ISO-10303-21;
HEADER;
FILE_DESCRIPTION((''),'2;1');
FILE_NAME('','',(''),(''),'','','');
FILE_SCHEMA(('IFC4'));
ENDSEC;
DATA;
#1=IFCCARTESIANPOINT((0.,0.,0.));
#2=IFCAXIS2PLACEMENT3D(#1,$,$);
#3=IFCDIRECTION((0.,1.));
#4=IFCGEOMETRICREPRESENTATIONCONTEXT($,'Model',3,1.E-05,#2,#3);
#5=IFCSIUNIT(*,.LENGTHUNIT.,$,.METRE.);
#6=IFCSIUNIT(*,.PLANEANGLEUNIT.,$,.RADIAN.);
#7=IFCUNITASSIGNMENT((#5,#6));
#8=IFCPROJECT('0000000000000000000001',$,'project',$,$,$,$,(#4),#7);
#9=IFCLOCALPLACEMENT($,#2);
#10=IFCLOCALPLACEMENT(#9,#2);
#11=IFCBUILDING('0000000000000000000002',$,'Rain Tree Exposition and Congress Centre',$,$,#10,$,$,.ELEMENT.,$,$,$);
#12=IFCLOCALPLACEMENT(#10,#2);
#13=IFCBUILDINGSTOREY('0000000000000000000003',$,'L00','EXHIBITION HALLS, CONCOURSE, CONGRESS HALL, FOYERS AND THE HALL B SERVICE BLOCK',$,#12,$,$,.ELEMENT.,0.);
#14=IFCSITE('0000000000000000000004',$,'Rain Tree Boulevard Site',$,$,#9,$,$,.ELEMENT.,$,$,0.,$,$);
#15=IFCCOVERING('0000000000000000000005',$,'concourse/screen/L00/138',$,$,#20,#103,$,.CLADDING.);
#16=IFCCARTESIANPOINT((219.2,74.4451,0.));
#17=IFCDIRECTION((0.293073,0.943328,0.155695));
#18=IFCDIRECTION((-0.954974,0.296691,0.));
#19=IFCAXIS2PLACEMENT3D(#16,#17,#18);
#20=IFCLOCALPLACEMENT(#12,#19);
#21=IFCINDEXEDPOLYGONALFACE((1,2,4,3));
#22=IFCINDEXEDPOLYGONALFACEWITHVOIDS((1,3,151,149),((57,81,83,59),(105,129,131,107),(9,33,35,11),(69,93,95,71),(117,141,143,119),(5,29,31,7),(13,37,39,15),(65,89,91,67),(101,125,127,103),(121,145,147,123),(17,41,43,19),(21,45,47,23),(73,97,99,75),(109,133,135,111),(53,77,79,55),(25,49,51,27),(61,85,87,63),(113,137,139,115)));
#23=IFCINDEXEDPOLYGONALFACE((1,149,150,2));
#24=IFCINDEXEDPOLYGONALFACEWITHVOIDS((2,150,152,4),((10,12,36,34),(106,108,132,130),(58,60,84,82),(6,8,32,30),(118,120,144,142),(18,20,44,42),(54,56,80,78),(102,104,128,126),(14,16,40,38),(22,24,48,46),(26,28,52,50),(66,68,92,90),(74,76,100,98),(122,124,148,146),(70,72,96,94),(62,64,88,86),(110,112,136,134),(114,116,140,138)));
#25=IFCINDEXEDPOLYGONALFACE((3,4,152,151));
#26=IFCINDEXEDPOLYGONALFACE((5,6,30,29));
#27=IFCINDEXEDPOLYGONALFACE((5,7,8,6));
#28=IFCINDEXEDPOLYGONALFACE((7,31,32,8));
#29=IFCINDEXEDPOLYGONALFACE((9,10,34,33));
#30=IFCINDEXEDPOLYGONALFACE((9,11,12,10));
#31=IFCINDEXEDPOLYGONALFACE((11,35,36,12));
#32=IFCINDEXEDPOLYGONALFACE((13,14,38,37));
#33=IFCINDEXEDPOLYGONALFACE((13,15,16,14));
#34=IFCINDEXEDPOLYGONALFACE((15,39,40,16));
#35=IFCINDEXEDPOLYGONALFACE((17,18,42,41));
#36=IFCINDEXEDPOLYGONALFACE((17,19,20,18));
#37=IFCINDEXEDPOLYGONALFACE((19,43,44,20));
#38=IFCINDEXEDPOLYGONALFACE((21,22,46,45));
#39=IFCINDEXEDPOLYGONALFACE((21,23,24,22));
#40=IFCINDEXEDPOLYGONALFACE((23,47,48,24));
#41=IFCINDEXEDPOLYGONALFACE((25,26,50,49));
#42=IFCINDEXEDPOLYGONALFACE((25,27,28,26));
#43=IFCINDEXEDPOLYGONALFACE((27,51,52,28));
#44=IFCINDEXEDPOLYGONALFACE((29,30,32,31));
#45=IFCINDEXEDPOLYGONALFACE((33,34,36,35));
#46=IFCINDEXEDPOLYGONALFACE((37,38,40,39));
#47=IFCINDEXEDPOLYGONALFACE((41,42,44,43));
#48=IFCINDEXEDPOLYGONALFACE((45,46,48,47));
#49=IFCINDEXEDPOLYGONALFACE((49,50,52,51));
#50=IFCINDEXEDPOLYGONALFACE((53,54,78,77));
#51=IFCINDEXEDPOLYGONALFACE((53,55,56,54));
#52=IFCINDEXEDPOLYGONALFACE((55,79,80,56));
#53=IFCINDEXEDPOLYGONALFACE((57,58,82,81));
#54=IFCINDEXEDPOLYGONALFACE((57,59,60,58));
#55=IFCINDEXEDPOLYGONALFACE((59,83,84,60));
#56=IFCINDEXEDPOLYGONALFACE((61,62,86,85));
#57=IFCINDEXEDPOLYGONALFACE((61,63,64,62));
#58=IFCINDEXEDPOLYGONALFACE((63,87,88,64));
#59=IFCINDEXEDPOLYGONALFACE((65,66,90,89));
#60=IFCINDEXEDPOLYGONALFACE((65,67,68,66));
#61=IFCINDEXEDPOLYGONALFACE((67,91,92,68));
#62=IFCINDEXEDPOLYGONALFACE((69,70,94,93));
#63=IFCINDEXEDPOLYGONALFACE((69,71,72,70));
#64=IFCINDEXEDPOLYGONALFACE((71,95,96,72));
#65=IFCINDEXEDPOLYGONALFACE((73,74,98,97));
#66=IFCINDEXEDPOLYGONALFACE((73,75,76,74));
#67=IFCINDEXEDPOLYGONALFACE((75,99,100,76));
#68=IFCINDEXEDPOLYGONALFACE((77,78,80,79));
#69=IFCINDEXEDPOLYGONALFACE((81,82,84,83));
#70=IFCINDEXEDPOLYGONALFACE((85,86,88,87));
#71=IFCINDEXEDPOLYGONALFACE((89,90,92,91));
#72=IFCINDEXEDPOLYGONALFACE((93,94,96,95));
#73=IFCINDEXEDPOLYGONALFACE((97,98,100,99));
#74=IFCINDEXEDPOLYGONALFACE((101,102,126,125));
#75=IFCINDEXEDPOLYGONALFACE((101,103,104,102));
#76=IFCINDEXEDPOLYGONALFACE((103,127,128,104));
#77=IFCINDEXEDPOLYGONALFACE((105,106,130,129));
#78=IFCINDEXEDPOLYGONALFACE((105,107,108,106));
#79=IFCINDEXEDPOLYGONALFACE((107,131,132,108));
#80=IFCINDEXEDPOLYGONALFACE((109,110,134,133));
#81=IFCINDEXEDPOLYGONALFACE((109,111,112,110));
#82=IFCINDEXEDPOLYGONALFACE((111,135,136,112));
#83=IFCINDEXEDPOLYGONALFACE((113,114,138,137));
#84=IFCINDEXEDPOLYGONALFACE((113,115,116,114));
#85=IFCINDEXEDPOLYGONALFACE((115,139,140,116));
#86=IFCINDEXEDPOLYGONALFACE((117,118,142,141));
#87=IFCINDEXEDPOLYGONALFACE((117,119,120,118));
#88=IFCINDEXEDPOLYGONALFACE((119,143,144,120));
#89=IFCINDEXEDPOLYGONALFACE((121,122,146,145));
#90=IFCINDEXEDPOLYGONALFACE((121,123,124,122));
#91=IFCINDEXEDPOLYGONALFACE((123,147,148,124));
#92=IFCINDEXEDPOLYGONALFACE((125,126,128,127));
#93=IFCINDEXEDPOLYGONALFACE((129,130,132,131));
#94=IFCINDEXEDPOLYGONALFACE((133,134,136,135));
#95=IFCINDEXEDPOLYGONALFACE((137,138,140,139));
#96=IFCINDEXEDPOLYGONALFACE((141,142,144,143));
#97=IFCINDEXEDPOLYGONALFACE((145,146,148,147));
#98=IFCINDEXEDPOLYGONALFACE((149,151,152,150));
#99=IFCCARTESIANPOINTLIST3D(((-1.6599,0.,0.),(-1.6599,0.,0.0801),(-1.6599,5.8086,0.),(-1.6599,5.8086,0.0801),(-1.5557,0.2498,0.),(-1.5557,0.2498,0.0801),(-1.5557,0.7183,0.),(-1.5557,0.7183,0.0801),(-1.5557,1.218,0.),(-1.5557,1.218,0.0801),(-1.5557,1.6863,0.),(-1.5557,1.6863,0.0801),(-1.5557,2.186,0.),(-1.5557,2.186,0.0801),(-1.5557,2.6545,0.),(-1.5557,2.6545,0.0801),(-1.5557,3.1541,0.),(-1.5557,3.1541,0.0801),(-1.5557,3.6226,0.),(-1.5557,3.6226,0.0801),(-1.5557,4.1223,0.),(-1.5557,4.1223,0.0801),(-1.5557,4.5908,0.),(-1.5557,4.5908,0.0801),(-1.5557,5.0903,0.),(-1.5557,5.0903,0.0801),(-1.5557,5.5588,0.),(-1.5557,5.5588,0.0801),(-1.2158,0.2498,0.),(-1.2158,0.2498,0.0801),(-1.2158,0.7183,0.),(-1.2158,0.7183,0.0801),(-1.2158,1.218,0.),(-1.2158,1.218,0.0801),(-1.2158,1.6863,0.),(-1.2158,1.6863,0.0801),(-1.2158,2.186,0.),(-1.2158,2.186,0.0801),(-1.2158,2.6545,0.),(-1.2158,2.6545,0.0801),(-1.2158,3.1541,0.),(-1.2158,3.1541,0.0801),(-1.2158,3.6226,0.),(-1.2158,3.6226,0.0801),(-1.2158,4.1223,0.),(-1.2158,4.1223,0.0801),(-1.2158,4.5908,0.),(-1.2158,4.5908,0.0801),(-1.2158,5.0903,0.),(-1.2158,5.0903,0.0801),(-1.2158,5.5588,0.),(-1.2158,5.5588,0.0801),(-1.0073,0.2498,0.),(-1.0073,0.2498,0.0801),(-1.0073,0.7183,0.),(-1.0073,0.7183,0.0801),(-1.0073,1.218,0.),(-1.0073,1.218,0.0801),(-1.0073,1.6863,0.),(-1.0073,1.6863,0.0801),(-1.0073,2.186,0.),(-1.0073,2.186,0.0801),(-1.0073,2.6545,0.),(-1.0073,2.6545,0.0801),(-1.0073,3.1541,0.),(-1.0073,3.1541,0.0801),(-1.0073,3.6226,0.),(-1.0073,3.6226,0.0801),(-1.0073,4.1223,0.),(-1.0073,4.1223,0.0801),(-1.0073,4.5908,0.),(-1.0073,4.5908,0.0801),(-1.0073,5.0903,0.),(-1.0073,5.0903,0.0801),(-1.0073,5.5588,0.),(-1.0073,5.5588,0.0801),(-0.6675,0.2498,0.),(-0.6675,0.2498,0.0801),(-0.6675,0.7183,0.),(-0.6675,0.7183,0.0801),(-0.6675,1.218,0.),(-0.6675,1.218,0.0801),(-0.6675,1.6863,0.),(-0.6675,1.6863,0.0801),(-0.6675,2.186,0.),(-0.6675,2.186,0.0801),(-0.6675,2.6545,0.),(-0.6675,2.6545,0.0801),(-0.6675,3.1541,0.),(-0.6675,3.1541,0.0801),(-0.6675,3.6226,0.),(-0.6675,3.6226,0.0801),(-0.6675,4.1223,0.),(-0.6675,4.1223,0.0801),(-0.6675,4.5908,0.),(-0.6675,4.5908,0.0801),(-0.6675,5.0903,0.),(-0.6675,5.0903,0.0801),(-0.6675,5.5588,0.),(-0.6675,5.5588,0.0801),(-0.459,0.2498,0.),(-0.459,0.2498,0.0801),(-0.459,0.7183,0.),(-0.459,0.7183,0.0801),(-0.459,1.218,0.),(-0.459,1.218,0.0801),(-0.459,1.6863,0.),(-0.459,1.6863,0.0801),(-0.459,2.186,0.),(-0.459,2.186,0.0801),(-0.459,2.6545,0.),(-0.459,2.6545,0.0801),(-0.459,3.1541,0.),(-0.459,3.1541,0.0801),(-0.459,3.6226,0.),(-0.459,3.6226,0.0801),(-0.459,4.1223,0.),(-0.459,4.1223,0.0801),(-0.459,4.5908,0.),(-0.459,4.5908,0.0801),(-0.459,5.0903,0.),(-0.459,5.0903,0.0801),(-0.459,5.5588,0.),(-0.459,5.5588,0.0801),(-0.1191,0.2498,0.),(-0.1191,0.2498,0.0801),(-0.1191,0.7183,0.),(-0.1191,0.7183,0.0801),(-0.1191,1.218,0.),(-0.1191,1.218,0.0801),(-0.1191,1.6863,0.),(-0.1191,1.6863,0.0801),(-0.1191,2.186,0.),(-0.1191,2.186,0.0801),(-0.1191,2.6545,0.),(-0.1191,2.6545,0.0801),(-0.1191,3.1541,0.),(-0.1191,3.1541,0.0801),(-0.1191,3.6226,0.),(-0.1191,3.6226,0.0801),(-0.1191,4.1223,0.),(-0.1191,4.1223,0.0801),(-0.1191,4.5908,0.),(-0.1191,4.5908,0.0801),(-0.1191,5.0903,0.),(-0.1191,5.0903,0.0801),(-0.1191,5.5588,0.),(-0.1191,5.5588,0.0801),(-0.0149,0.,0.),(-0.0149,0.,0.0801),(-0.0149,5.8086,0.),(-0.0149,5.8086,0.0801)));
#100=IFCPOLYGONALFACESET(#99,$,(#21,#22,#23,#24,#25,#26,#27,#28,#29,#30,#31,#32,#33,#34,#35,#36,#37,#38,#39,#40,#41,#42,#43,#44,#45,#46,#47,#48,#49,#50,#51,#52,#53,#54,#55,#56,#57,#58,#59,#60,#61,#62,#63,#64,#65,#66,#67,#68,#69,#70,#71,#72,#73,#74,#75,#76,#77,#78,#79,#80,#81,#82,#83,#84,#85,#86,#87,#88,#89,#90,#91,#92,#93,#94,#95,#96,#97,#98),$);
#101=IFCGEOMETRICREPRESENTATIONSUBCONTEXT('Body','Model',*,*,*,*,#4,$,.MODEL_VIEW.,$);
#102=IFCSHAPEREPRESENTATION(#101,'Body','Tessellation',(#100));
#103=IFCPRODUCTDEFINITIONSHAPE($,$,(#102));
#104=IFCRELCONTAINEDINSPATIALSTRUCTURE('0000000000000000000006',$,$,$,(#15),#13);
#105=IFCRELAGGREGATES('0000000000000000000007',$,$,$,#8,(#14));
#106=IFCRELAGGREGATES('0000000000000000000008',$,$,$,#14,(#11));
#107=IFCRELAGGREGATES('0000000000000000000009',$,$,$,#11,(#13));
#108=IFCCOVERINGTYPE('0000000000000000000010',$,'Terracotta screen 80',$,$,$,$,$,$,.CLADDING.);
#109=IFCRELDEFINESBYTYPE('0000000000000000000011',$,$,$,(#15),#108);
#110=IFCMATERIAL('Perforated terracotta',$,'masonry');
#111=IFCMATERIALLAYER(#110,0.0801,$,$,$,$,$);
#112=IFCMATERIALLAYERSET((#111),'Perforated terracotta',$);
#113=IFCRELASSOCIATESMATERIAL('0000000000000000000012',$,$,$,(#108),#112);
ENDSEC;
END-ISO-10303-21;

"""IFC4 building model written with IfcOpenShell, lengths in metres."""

from ifc_helpers import new_model, si_unit, direction, frame, origin, place, context, subcontext, project, spatial, polyline, outline, extrude, material, layer, layer_set, type_object, element, save


model = new_model("IFC4")

# Units and contexts
model_context = context("Model", 3, precision=1e-05, world=origin(), true_north=direction((0.0, 1.0)))
body_context = subcontext(model_context, "Body", "Model", "MODEL_VIEW")
ifc_project = project(units=[si_unit("LENGTHUNIT", "METRE"), si_unit("PLANEANGLEUNIT", "RADIAN")], contexts=[model_context])

# Site, building, storey
site_placement = place(None, origin())
site = spatial("IfcSite", under=ifc_project, at=site_placement, Name="Rain Tree Boulevard Site", CompositionType="ELEMENT", RefElevation=0.0)
building_placement = place(site_placement, origin())
building = spatial("IfcBuilding", under=site, at=building_placement, Name="Rain Tree Exposition and Congress Centre", CompositionType="ELEMENT")
storey_placement = place(building_placement, origin())
storey = spatial("IfcBuildingStorey", under=building, at=storey_placement, Name="L00", Description="EXHIBITION HALLS, CONCOURSE, CONGRESS HALL, FOYERS AND THE HALL B SERVICE BLOCK", CompositionType="ELEMENT", Elevation=0.0)

# Covering
ifc_material_1 = material(Name="Perforated terracotta", Category="masonry")
ifc_layer_1 = layer(ifc_material_1, 0.0801)
ifc_layer_set_1 = layer_set([ifc_layer_1], Name="Perforated terracotta")
covering_type = type_object("IfcCoveringType", Name="Terracotta screen 80", PredefinedType="CLADDING", material=ifc_layer_set_1)
covering_1_placement = place(storey_placement, frame((219.2, 74.4451, 0.0), z_axis=(0.293073, 0.943328, 0.155695), x_axis=(-0.954974, 0.296691, 0.0)))
element("IfcCovering", 1, at=covering_1_placement, inside=storey, type_object=covering_type, Name="concourse/screen/L00/138", PredefinedType="CLADDING", context=body_context, shape_type="SweptSolid", body=[
    extrude(outline(polyline([(-0.0149, 0.0), (-1.6599, 0.0), (-1.6599, 5.8086), (-0.0149, 5.8086), (-0.0149, 0.0)]), holes=[polyline([(-0.1191, 0.2498), (-0.1191, 0.7183), (-0.459, 0.7183), (-0.459, 0.2498), (-0.1191, 0.2498)]), polyline([(-0.1191, 1.218), (-0.1191, 1.6863), (-0.459, 1.6863), (-0.459, 1.218), (-0.1191, 1.218)]), polyline([(-0.1191, 2.186), (-0.1191, 2.6545), (-0.459, 2.6545), (-0.459, 2.186), (-0.1191, 2.186)]), polyline([(-0.1191, 3.1541), (-0.1191, 3.6226), (-0.459, 3.6226), (-0.459, 3.1541), (-0.1191, 3.1541)]), polyline([(-0.1191, 4.1223), (-0.1191, 4.5908), (-0.459, 4.5908), (-0.459, 4.1223), (-0.1191, 4.1223)]), polyline([(-0.1191, 5.0903), (-0.1191, 5.5588), (-0.459, 5.5588), (-0.459, 5.0903), (-0.1191, 5.0903)]), polyline([(-0.6675, 0.2498), (-0.6675, 0.7183), (-1.0073, 0.7183), (-1.0073, 0.2498), (-0.6675, 0.2498)]), polyline([(-0.6675, 1.218), (-0.6675, 1.6863), (-1.0073, 1.6863), (-1.0073, 1.218), (-0.6675, 1.218)]), polyline([(-0.6675, 2.186), (-0.6675, 2.6545), (-1.0073, 2.6545), (-1.0073, 2.186), (-0.6675, 2.186)]), polyline([(-0.6675, 3.1541), (-0.6675, 3.6226), (-1.0073, 3.6226), (-1.0073, 3.1541), (-0.6675, 3.1541)]), polyline([(-0.6675, 4.1223), (-0.6675, 4.5908), (-1.0073, 4.5908), (-1.0073, 4.1223), (-0.6675, 4.1223)]), polyline([(-0.6675, 5.0903), (-0.6675, 5.5588), (-1.0073, 5.5588), (-1.0073, 5.0903), (-0.6675, 5.0903)]), polyline([(-1.2158, 0.2498), (-1.2158, 0.7183), (-1.5557, 0.7183), (-1.5557, 0.2498), (-1.2158, 0.2498)]), polyline([(-1.2158, 1.218), (-1.2158, 1.6863), (-1.5557, 1.6863), (-1.5557, 1.218), (-1.2158, 1.218)]), polyline([(-1.2158, 2.186), (-1.2158, 2.6545), (-1.5557, 2.6545), (-1.5557, 2.186), (-1.2158, 2.186)]), polyline([(-1.2158, 3.1541), (-1.2158, 3.6226), (-1.5557, 3.6226), (-1.5557, 3.1541), (-1.2158, 3.1541)]), polyline([(-1.2158, 4.1223), (-1.2158, 4.5908), (-1.5557, 4.5908), (-1.5557, 4.1223), (-1.2158, 4.1223)]), polyline([(-1.2158, 5.0903), (-1.2158, 5.5588), (-1.5557, 5.5588), (-1.5557, 5.0903), (-1.2158, 5.0903)])]), origin(), (0.0, 0.0, 1.0), 0.0801),
])

save(model, "model.ifc")
